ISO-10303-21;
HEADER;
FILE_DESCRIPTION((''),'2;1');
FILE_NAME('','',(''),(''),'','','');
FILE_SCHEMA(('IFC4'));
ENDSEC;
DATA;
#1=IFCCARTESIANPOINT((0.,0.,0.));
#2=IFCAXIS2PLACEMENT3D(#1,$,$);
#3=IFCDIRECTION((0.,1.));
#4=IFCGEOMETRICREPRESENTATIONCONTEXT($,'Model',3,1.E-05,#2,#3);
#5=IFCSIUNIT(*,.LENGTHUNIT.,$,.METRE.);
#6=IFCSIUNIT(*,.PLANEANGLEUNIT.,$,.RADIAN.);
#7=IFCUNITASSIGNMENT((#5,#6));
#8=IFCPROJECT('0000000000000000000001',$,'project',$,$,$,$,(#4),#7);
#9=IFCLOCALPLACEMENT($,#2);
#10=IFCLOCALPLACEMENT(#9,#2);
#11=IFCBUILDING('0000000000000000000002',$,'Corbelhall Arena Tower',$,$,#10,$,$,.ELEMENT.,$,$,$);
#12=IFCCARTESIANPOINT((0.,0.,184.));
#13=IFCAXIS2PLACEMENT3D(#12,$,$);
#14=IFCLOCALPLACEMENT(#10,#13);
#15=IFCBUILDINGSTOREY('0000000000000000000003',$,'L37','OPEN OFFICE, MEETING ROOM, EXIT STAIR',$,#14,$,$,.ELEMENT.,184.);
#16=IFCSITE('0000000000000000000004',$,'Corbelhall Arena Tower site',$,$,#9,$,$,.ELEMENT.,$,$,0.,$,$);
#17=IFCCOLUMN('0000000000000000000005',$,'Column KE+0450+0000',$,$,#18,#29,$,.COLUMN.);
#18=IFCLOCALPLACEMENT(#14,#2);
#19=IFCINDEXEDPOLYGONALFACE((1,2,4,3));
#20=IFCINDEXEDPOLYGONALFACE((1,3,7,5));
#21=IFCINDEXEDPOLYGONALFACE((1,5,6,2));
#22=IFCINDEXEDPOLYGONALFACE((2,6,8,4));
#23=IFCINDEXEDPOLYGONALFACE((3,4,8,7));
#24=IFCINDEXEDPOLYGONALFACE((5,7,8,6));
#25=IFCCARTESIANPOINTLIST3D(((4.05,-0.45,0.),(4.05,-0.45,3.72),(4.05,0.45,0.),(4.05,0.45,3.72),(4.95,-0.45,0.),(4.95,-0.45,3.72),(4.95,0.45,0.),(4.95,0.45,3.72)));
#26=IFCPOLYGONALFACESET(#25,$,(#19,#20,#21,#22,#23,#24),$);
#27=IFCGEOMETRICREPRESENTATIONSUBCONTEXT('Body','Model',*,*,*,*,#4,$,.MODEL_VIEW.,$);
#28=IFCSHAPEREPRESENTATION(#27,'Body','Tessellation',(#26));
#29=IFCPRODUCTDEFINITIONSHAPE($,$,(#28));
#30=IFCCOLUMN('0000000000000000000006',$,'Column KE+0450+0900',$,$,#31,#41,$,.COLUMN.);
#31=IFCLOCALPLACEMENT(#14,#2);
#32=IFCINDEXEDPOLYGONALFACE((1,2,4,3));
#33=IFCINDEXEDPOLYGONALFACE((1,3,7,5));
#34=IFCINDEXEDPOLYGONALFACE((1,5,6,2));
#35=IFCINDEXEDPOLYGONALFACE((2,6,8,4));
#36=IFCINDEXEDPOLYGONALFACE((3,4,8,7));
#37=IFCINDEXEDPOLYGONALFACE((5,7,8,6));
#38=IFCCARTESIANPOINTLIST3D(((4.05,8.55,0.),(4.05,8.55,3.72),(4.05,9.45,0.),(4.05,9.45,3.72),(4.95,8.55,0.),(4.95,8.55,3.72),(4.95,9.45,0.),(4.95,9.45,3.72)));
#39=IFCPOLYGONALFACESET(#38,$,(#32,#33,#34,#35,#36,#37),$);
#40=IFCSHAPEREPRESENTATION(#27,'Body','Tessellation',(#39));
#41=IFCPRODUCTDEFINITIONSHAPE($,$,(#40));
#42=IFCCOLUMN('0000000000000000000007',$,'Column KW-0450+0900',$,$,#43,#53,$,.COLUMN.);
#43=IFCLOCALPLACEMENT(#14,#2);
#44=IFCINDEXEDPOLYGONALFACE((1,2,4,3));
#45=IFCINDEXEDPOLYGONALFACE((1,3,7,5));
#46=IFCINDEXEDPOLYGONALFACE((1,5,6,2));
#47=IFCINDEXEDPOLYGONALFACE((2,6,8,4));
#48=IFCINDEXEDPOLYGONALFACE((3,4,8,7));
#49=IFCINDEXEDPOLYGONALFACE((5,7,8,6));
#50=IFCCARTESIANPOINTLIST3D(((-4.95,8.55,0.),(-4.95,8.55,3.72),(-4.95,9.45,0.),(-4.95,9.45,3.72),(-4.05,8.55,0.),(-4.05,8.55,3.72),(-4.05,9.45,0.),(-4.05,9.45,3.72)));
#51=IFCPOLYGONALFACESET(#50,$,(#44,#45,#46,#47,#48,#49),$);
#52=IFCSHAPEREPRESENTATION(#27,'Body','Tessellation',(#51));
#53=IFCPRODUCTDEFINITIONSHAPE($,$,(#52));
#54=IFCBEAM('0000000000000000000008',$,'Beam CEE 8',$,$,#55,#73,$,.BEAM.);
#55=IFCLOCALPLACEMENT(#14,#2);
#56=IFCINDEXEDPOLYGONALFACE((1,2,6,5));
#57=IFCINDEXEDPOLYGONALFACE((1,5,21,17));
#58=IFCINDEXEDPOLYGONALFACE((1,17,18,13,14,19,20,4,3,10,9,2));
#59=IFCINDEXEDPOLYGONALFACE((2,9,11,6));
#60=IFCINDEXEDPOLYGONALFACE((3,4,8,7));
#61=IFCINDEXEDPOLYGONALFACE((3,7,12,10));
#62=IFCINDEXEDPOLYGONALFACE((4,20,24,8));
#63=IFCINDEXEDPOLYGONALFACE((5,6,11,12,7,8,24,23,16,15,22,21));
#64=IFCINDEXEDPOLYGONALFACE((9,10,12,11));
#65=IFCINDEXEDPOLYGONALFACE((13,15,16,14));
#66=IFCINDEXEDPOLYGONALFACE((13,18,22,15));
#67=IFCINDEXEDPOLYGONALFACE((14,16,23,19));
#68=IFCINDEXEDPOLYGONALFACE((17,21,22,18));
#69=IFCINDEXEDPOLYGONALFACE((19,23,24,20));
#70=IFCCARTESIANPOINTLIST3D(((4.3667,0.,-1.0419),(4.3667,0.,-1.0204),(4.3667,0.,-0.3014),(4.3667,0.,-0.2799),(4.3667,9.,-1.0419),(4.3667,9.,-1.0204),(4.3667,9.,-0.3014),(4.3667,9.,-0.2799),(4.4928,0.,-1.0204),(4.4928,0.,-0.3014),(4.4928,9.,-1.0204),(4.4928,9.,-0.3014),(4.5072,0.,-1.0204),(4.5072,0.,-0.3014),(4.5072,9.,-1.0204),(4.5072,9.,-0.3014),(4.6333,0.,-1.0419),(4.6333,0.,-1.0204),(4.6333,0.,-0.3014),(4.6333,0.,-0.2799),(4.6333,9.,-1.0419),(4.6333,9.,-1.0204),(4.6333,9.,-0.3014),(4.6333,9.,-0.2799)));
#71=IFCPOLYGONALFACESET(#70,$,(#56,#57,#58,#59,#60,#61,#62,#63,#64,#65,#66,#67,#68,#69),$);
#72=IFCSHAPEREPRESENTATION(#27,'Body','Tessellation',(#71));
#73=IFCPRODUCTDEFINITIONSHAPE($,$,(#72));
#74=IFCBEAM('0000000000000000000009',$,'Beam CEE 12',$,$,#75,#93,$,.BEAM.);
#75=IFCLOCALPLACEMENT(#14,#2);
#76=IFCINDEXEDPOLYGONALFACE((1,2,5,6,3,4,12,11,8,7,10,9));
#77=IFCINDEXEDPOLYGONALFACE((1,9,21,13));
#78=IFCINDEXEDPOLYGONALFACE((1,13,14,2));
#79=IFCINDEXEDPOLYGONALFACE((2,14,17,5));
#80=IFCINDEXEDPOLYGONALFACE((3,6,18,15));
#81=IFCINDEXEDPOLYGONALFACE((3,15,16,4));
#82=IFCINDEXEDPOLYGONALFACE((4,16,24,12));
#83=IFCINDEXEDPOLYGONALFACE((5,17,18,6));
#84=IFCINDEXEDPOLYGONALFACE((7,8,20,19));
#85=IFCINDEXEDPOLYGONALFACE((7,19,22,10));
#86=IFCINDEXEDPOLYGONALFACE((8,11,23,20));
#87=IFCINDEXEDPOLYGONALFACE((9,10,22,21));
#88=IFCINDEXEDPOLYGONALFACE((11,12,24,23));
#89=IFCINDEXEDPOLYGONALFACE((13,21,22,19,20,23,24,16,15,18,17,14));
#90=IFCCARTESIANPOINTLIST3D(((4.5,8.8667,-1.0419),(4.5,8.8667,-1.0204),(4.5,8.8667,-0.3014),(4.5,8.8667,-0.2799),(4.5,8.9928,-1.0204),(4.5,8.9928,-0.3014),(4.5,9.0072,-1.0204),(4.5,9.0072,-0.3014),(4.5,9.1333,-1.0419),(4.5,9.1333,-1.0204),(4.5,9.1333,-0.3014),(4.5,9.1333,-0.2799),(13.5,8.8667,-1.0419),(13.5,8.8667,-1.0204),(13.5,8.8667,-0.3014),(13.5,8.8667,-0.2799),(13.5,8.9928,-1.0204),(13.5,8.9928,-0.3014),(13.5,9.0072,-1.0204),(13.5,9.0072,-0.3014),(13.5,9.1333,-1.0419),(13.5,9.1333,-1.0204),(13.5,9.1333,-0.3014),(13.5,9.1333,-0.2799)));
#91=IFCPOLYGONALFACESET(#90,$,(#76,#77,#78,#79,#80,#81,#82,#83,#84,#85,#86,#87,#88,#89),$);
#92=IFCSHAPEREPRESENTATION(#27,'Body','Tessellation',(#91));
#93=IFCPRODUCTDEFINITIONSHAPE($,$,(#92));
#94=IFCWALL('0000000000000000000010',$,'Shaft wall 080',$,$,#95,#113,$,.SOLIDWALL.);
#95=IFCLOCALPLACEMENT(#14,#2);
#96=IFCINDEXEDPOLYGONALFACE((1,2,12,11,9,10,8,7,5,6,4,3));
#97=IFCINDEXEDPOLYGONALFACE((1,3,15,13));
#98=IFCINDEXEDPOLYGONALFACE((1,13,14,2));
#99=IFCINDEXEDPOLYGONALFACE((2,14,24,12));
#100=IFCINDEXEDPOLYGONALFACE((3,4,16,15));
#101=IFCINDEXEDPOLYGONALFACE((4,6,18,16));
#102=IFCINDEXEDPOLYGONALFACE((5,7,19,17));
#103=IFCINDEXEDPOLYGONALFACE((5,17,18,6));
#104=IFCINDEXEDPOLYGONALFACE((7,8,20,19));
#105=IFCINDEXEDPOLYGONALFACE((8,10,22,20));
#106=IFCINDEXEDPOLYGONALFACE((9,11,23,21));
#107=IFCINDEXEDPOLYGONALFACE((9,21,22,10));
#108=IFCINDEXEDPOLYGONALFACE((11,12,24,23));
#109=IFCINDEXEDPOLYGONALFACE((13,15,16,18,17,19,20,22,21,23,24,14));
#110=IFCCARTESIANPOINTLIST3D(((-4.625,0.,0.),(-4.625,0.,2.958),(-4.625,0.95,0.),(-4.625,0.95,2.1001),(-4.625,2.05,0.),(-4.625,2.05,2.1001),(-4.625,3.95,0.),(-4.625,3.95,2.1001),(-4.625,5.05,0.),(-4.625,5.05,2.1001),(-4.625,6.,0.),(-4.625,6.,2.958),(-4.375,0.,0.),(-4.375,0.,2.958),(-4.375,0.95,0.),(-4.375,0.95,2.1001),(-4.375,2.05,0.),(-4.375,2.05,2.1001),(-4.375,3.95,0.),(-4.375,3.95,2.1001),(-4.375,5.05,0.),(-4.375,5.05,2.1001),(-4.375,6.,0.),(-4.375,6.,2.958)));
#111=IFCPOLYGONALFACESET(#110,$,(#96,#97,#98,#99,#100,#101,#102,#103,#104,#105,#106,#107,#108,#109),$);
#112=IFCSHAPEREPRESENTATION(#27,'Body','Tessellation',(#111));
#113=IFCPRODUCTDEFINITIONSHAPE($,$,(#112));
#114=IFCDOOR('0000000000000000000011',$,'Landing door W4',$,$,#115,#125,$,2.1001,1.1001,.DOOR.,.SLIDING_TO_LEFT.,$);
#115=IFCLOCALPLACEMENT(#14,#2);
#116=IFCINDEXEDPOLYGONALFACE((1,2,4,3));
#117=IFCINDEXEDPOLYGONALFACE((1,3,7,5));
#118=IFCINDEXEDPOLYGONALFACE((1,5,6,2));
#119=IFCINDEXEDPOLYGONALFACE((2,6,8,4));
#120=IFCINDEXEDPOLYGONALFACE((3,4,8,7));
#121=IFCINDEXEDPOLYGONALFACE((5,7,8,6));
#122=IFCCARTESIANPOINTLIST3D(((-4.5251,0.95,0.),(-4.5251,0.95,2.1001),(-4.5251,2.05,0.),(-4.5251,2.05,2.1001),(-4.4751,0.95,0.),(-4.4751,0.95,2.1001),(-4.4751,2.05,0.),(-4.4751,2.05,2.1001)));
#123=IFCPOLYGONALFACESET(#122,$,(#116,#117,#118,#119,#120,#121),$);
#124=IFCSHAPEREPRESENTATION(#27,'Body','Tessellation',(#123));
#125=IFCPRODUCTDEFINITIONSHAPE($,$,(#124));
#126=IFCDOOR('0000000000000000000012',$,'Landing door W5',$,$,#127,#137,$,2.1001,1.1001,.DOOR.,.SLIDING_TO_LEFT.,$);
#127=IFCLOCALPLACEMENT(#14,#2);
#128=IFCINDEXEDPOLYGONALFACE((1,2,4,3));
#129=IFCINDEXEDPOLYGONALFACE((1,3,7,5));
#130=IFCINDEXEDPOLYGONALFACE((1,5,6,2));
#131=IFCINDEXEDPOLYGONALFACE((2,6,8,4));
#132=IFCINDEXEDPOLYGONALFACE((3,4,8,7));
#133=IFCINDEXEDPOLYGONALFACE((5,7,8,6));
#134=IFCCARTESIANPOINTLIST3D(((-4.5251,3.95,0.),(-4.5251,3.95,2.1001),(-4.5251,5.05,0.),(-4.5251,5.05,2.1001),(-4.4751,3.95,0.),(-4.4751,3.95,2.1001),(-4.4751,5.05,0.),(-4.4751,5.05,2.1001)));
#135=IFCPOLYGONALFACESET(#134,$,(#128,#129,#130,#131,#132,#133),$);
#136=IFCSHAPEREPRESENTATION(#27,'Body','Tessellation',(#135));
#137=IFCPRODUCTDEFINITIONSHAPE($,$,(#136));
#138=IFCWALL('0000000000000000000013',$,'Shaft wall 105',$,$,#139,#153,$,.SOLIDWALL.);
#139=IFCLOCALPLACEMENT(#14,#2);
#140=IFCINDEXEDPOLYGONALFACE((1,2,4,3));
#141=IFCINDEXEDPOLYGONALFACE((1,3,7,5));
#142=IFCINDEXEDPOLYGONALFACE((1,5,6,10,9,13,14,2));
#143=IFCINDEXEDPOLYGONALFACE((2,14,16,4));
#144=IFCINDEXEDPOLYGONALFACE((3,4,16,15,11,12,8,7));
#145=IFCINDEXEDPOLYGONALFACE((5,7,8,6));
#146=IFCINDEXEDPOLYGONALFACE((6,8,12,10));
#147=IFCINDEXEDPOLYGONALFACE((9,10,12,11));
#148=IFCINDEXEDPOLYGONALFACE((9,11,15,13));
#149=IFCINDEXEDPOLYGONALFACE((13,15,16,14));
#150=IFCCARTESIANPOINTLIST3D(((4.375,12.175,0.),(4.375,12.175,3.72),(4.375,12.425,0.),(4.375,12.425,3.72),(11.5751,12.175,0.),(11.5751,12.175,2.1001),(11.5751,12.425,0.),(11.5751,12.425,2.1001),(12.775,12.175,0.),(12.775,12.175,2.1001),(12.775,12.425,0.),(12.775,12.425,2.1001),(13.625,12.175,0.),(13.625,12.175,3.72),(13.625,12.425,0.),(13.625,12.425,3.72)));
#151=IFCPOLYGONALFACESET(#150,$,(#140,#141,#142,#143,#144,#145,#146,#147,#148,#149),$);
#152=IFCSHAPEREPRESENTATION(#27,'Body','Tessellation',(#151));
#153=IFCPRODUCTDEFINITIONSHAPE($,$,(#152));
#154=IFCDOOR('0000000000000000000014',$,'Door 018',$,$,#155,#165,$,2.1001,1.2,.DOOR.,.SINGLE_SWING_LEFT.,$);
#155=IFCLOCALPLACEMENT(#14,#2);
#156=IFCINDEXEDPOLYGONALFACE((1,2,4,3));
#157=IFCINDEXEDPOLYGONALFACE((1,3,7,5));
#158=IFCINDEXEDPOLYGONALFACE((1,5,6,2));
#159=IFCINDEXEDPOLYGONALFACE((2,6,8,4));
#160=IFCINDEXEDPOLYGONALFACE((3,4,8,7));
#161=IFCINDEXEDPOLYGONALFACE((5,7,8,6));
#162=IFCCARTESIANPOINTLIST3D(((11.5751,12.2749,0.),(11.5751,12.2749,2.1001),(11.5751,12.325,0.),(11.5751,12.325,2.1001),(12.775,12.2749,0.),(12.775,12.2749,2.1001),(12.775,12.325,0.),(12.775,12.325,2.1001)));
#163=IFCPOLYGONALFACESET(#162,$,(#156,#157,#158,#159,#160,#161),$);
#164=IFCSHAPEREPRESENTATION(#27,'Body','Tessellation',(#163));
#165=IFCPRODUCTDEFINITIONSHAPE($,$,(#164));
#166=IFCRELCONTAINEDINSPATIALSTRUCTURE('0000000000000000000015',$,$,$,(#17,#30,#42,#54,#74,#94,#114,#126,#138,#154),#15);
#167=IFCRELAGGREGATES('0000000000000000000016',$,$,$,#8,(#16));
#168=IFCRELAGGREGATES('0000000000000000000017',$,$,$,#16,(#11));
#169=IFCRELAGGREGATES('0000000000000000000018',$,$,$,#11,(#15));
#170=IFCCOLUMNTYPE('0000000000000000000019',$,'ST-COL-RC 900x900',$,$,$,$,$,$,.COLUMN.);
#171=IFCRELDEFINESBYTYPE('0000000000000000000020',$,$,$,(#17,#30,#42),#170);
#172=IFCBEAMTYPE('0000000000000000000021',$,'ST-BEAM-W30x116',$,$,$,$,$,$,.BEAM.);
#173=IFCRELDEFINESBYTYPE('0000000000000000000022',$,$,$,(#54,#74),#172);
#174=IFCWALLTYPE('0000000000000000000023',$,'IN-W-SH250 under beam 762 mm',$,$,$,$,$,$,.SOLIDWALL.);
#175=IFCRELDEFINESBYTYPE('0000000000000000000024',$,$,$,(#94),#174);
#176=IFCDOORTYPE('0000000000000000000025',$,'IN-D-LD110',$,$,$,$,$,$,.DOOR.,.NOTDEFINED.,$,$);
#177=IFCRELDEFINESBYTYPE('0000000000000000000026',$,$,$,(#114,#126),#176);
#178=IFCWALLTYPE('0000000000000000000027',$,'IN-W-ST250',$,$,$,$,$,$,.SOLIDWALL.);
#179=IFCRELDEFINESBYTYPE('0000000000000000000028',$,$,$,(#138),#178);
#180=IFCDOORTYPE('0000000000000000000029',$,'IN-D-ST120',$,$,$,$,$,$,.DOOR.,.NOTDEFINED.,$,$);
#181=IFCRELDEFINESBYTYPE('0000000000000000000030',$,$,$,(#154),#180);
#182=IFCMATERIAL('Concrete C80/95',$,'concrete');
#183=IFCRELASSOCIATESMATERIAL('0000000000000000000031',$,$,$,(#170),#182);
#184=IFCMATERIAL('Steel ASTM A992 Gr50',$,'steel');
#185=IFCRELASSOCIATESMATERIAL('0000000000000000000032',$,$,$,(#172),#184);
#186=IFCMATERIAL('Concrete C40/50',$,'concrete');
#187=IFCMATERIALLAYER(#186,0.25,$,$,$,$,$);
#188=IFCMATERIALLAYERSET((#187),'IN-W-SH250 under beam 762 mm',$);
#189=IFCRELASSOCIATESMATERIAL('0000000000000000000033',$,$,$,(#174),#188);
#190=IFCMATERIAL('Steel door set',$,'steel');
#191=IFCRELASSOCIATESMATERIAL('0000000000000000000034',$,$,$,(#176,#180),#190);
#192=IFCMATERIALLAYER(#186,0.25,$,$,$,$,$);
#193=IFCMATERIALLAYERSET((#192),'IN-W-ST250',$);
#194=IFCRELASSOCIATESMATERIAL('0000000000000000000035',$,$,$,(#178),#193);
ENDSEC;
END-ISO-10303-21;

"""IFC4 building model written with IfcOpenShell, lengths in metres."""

from ifc_helpers import new_model, si_unit, direction, frame, frame_2d, origin, origin_2d, place, context, subcontext, project, spatial, rectangle, i_section, extrude, material, layer, layer_set, material_profile, profile_set, type_object, element, fill, save


model = new_model("IFC4")

# Units and contexts
model_context = context("Model", 3, precision=1e-05, world=origin(), true_north=direction((0.0, 1.0)))
body_context = subcontext(model_context, "Body", "Model", "MODEL_VIEW")
ifc_project = project(units=[si_unit("LENGTHUNIT", "METRE"), si_unit("PLANEANGLEUNIT", "RADIAN")], contexts=[model_context])

# Site, building, storey
site_placement = place(None, origin())
site = spatial("IfcSite", under=ifc_project, at=site_placement, Name="Corbelhall Arena Tower site", CompositionType="ELEMENT", RefElevation=0.0)
building_placement = place(site_placement, origin())
building = spatial("IfcBuilding", under=site, at=building_placement, Name="Corbelhall Arena Tower", CompositionType="ELEMENT")
storey_placement = place(building_placement, frame((0.0, 0.0, 184.0)))
storey = spatial("IfcBuildingStorey", under=building, at=storey_placement, Name="L37", Description="OPEN OFFICE, MEETING ROOM, EXIT STAIR", CompositionType="ELEMENT", Elevation=184.0)

# Columns
ifc_material_1 = material(Name="Concrete C80/95", Category="concrete")
ifc_material_profile_1 = material_profile(ifc_material_1, rectangle(XDim=0.8999, YDim=0.8999, at=origin_2d()))
ifc_profile_set_1 = profile_set([ifc_material_profile_1], Name="Concrete C80/95")
column_type = type_object("IfcColumnType", Name="ST-COL-RC 900x900", PredefinedType="COLUMN", material=ifc_profile_set_1)
for number, where, z_axis, x_axis, name in (
    (1, (4.5, 0.0, 0.0), (0.0, 0.0, 1.0), (1.0, 0.0, 0.0), "Column KE+0450+0000"),
    (2, (4.5, 9.0, 0.0), (0.0, 0.0, 1.0), (1.0, 0.0, 0.0), "Column KE+0450+0900"),
    (3, (-4.5, 9.0, 0.0), (0.0, 0.0, 1.0), (1.0, 0.0, 0.0), "Column KW-0450+0900"),
):
    element("IfcColumn", number, at=place(storey_placement, frame(where, z_axis=z_axis, x_axis=x_axis)), inside=storey, type_object=column_type, Name=name, PredefinedType="COLUMN", context=body_context, shape_type="SweptSolid", body=[
        extrude(rectangle(XDim=0.8999, YDim=0.8999, at=origin_2d()), origin(), (0.0, 0.0, 1.0), 3.72),
    ])

# Beams
ifc_material_2 = material(Name="Steel ASTM A992 Gr50", Category="steel")
ifc_material_profile_2 = material_profile(ifc_material_2, i_section(OverallWidth=0.2666, OverallDepth=0.762, WebThickness=0.0144, FlangeThickness=0.0215, at=origin_2d()))
ifc_profile_set_2 = profile_set([ifc_material_profile_2], Name="Steel ASTM A992 Gr50")
beam_type = type_object("IfcBeamType", Name="ST-BEAM-W30x116", PredefinedType="BEAM", material=ifc_profile_set_2)
for number, where, z_axis, x_axis, name in (
    (4, (4.5, 0.0, -0.6609), (0.0, 1.0, 0.0), (-1.0, 0.0, 0.0), "Beam CEE 8"),
    (5, (4.5, 9.0, -0.6609), (1.0, 0.0, 0.0), (0.0, 1.0, 0.0), "Beam CEE 12"),
):
    element("IfcBeam", number, at=place(storey_placement, frame(where, z_axis=z_axis, x_axis=x_axis)), inside=storey, type_object=beam_type, Name=name, PredefinedType="BEAM", context=body_context, shape_type="SweptSolid", body=[
        extrude(i_section(OverallWidth=0.2666, OverallDepth=0.762, WebThickness=0.0144, FlangeThickness=0.0215, at=origin_2d()), origin(), (0.0, 0.0, 1.0), 9.0),
    ])

# Shared definitions
ifc_material_3 = material(Name="Steel door set", Category="steel")

# Wall, openings, doors
ifc_material_4 = material(Name="Concrete C40/50", Category="concrete")
ifc_layer_1 = layer(ifc_material_4, 0.25)
ifc_layer_set_1 = layer_set([ifc_layer_1], Name="IN-W-SH250 under beam 762 mm")
wall_type_1 = type_object("IfcWallType", Name="IN-W-SH250 under beam 762 mm", PredefinedType="SOLIDWALL", material=ifc_layer_set_1)
wall_1_placement = place(storey_placement, frame((-4.5, 6.0, 0.0), z_axis=(0.0, 0.0, 1.0), x_axis=(0.0, -1.0, 0.0)))
wall_1 = element("IfcWall", 6, at=wall_1_placement, inside=storey, type_object=wall_type_1, Name="Shaft wall 080", PredefinedType="SOLIDWALL", context=body_context, shape_type="SweptSolid", body=[
    extrude(rectangle(XDim=6.0, YDim=0.25, at=frame_2d((3.0, 0.0))), origin(), (0.0, 0.0, 1.0), 2.958),
])
opening_1_placement = place(wall_1_placement, frame((3.95, 0.0, 0.0)))
opening_1 = element("IfcOpeningElement", 7, at=opening_1_placement, cuts=wall_1, PredefinedType="OPENING", context=body_context, shape_type="SweptSolid", body=[
    extrude(rectangle(XDim=1.1001, YDim=2.1001, at=frame_2d((0.55, 1.05))), frame((0.0, 0.125, 0.0), z_axis=(0.0, -1.0, 0.0), x_axis=(1.0, 0.0, 0.0)), (0.0, 0.0, 1.0), 0.25),
])
opening_2_placement = place(wall_1_placement, frame((0.95, 0.0, 0.0)))
opening_2 = element("IfcOpeningElement", 8, at=opening_2_placement, cuts=wall_1, PredefinedType="OPENING", context=body_context, shape_type="SweptSolid", body=[
    extrude(rectangle(XDim=1.1001, YDim=2.1001, at=frame_2d((0.55, 1.05))), frame((0.0, 0.125, 0.0), z_axis=(0.0, -1.0, 0.0), x_axis=(1.0, 0.0, 0.0)), (0.0, 0.0, 1.0), 0.25),
])
door_type_1 = type_object("IfcDoorType", Name="IN-D-LD110", OperationType="NOTDEFINED", PredefinedType="DOOR", material=ifc_material_3)
door_1_placement = place(opening_1_placement, origin())
door_1 = element("IfcDoor", 9, at=door_1_placement, inside=storey, type_object=door_type_1, Name="Landing door W4", OperationType="SLIDING_TO_LEFT", OverallHeight=2.1001, OverallWidth=1.1001, PredefinedType="DOOR", context=body_context, shape_type="SweptSolid", body=[
    extrude(rectangle(XDim=1.1001, YDim=2.1001, at=frame_2d((0.55, 1.05))), frame((0.0, 0.0249, 0.0), z_axis=(0.0, -1.0, 0.0), x_axis=(1.0, 0.0, 0.0)), (0.0, 0.0, 1.0), 0.05),
])
fill(opening_1, door_1)
door_2_placement = place(opening_2_placement, origin())
door_2 = element("IfcDoor", 10, at=door_2_placement, inside=storey, type_object=door_type_1, Name="Landing door W5", OperationType="SLIDING_TO_LEFT", OverallHeight=2.1001, OverallWidth=1.1001, PredefinedType="DOOR", context=body_context, shape_type="SweptSolid", body=[
    extrude(rectangle(XDim=1.1001, YDim=2.1001, at=frame_2d((0.55, 1.05))), frame((0.0, 0.0249, 0.0), z_axis=(0.0, -1.0, 0.0), x_axis=(1.0, 0.0, 0.0)), (0.0, 0.0, 1.0), 0.05),
])
fill(opening_2, door_2)

# Wall, opening, door
ifc_layer_2 = layer(ifc_material_4, 0.25)
ifc_layer_set_2 = layer_set([ifc_layer_2], Name="IN-W-ST250")
wall_type_2 = type_object("IfcWallType", Name="IN-W-ST250", PredefinedType="SOLIDWALL", material=ifc_layer_set_2)
wall_2_placement = place(storey_placement, frame((4.375, 12.3, 0.0), z_axis=(0.0, 0.0, 1.0), x_axis=(1.0, 0.0, 0.0)))
wall_2 = element("IfcWall", 11, at=wall_2_placement, inside=storey, type_object=wall_type_2, Name="Shaft wall 105", PredefinedType="SOLIDWALL", context=body_context, shape_type="SweptSolid", body=[
    extrude(rectangle(XDim=9.25, YDim=0.25, at=frame_2d((4.625, 0.0))), origin(), (0.0, 0.0, 1.0), 3.72),
])
opening_3_placement = place(wall_2_placement, frame((7.2, 0.0, 0.0)))
opening_3 = element("IfcOpeningElement", 12, at=opening_3_placement, cuts=wall_2, PredefinedType="OPENING", context=body_context, shape_type="SweptSolid", body=[
    extrude(rectangle(XDim=1.2, YDim=2.1001, at=frame_2d((0.6001, 1.05))), frame((0.0, 0.125, 0.0), z_axis=(0.0, -1.0, 0.0), x_axis=(1.0, 0.0, 0.0)), (0.0, 0.0, 1.0), 0.25),
])
door_type_2 = type_object("IfcDoorType", Name="IN-D-ST120", OperationType="NOTDEFINED", PredefinedType="DOOR", material=ifc_material_3)
door_3_placement = place(opening_3_placement, origin())
door_3 = element("IfcDoor", 13, at=door_3_placement, inside=storey, type_object=door_type_2, Name="Door 018", OperationType="SINGLE_SWING_LEFT", OverallHeight=2.1001, OverallWidth=1.2, PredefinedType="DOOR", context=body_context, shape_type="SweptSolid", body=[
    extrude(rectangle(XDim=1.2, YDim=2.1001, at=frame_2d((0.6001, 1.05))), frame((0.0, 0.0249, 0.0), z_axis=(0.0, -1.0, 0.0), x_axis=(1.0, 0.0, 0.0)), (0.0, 0.0, 1.0), 0.05),
])
fill(opening_3, door_3)

save(model, "model.ifc")
